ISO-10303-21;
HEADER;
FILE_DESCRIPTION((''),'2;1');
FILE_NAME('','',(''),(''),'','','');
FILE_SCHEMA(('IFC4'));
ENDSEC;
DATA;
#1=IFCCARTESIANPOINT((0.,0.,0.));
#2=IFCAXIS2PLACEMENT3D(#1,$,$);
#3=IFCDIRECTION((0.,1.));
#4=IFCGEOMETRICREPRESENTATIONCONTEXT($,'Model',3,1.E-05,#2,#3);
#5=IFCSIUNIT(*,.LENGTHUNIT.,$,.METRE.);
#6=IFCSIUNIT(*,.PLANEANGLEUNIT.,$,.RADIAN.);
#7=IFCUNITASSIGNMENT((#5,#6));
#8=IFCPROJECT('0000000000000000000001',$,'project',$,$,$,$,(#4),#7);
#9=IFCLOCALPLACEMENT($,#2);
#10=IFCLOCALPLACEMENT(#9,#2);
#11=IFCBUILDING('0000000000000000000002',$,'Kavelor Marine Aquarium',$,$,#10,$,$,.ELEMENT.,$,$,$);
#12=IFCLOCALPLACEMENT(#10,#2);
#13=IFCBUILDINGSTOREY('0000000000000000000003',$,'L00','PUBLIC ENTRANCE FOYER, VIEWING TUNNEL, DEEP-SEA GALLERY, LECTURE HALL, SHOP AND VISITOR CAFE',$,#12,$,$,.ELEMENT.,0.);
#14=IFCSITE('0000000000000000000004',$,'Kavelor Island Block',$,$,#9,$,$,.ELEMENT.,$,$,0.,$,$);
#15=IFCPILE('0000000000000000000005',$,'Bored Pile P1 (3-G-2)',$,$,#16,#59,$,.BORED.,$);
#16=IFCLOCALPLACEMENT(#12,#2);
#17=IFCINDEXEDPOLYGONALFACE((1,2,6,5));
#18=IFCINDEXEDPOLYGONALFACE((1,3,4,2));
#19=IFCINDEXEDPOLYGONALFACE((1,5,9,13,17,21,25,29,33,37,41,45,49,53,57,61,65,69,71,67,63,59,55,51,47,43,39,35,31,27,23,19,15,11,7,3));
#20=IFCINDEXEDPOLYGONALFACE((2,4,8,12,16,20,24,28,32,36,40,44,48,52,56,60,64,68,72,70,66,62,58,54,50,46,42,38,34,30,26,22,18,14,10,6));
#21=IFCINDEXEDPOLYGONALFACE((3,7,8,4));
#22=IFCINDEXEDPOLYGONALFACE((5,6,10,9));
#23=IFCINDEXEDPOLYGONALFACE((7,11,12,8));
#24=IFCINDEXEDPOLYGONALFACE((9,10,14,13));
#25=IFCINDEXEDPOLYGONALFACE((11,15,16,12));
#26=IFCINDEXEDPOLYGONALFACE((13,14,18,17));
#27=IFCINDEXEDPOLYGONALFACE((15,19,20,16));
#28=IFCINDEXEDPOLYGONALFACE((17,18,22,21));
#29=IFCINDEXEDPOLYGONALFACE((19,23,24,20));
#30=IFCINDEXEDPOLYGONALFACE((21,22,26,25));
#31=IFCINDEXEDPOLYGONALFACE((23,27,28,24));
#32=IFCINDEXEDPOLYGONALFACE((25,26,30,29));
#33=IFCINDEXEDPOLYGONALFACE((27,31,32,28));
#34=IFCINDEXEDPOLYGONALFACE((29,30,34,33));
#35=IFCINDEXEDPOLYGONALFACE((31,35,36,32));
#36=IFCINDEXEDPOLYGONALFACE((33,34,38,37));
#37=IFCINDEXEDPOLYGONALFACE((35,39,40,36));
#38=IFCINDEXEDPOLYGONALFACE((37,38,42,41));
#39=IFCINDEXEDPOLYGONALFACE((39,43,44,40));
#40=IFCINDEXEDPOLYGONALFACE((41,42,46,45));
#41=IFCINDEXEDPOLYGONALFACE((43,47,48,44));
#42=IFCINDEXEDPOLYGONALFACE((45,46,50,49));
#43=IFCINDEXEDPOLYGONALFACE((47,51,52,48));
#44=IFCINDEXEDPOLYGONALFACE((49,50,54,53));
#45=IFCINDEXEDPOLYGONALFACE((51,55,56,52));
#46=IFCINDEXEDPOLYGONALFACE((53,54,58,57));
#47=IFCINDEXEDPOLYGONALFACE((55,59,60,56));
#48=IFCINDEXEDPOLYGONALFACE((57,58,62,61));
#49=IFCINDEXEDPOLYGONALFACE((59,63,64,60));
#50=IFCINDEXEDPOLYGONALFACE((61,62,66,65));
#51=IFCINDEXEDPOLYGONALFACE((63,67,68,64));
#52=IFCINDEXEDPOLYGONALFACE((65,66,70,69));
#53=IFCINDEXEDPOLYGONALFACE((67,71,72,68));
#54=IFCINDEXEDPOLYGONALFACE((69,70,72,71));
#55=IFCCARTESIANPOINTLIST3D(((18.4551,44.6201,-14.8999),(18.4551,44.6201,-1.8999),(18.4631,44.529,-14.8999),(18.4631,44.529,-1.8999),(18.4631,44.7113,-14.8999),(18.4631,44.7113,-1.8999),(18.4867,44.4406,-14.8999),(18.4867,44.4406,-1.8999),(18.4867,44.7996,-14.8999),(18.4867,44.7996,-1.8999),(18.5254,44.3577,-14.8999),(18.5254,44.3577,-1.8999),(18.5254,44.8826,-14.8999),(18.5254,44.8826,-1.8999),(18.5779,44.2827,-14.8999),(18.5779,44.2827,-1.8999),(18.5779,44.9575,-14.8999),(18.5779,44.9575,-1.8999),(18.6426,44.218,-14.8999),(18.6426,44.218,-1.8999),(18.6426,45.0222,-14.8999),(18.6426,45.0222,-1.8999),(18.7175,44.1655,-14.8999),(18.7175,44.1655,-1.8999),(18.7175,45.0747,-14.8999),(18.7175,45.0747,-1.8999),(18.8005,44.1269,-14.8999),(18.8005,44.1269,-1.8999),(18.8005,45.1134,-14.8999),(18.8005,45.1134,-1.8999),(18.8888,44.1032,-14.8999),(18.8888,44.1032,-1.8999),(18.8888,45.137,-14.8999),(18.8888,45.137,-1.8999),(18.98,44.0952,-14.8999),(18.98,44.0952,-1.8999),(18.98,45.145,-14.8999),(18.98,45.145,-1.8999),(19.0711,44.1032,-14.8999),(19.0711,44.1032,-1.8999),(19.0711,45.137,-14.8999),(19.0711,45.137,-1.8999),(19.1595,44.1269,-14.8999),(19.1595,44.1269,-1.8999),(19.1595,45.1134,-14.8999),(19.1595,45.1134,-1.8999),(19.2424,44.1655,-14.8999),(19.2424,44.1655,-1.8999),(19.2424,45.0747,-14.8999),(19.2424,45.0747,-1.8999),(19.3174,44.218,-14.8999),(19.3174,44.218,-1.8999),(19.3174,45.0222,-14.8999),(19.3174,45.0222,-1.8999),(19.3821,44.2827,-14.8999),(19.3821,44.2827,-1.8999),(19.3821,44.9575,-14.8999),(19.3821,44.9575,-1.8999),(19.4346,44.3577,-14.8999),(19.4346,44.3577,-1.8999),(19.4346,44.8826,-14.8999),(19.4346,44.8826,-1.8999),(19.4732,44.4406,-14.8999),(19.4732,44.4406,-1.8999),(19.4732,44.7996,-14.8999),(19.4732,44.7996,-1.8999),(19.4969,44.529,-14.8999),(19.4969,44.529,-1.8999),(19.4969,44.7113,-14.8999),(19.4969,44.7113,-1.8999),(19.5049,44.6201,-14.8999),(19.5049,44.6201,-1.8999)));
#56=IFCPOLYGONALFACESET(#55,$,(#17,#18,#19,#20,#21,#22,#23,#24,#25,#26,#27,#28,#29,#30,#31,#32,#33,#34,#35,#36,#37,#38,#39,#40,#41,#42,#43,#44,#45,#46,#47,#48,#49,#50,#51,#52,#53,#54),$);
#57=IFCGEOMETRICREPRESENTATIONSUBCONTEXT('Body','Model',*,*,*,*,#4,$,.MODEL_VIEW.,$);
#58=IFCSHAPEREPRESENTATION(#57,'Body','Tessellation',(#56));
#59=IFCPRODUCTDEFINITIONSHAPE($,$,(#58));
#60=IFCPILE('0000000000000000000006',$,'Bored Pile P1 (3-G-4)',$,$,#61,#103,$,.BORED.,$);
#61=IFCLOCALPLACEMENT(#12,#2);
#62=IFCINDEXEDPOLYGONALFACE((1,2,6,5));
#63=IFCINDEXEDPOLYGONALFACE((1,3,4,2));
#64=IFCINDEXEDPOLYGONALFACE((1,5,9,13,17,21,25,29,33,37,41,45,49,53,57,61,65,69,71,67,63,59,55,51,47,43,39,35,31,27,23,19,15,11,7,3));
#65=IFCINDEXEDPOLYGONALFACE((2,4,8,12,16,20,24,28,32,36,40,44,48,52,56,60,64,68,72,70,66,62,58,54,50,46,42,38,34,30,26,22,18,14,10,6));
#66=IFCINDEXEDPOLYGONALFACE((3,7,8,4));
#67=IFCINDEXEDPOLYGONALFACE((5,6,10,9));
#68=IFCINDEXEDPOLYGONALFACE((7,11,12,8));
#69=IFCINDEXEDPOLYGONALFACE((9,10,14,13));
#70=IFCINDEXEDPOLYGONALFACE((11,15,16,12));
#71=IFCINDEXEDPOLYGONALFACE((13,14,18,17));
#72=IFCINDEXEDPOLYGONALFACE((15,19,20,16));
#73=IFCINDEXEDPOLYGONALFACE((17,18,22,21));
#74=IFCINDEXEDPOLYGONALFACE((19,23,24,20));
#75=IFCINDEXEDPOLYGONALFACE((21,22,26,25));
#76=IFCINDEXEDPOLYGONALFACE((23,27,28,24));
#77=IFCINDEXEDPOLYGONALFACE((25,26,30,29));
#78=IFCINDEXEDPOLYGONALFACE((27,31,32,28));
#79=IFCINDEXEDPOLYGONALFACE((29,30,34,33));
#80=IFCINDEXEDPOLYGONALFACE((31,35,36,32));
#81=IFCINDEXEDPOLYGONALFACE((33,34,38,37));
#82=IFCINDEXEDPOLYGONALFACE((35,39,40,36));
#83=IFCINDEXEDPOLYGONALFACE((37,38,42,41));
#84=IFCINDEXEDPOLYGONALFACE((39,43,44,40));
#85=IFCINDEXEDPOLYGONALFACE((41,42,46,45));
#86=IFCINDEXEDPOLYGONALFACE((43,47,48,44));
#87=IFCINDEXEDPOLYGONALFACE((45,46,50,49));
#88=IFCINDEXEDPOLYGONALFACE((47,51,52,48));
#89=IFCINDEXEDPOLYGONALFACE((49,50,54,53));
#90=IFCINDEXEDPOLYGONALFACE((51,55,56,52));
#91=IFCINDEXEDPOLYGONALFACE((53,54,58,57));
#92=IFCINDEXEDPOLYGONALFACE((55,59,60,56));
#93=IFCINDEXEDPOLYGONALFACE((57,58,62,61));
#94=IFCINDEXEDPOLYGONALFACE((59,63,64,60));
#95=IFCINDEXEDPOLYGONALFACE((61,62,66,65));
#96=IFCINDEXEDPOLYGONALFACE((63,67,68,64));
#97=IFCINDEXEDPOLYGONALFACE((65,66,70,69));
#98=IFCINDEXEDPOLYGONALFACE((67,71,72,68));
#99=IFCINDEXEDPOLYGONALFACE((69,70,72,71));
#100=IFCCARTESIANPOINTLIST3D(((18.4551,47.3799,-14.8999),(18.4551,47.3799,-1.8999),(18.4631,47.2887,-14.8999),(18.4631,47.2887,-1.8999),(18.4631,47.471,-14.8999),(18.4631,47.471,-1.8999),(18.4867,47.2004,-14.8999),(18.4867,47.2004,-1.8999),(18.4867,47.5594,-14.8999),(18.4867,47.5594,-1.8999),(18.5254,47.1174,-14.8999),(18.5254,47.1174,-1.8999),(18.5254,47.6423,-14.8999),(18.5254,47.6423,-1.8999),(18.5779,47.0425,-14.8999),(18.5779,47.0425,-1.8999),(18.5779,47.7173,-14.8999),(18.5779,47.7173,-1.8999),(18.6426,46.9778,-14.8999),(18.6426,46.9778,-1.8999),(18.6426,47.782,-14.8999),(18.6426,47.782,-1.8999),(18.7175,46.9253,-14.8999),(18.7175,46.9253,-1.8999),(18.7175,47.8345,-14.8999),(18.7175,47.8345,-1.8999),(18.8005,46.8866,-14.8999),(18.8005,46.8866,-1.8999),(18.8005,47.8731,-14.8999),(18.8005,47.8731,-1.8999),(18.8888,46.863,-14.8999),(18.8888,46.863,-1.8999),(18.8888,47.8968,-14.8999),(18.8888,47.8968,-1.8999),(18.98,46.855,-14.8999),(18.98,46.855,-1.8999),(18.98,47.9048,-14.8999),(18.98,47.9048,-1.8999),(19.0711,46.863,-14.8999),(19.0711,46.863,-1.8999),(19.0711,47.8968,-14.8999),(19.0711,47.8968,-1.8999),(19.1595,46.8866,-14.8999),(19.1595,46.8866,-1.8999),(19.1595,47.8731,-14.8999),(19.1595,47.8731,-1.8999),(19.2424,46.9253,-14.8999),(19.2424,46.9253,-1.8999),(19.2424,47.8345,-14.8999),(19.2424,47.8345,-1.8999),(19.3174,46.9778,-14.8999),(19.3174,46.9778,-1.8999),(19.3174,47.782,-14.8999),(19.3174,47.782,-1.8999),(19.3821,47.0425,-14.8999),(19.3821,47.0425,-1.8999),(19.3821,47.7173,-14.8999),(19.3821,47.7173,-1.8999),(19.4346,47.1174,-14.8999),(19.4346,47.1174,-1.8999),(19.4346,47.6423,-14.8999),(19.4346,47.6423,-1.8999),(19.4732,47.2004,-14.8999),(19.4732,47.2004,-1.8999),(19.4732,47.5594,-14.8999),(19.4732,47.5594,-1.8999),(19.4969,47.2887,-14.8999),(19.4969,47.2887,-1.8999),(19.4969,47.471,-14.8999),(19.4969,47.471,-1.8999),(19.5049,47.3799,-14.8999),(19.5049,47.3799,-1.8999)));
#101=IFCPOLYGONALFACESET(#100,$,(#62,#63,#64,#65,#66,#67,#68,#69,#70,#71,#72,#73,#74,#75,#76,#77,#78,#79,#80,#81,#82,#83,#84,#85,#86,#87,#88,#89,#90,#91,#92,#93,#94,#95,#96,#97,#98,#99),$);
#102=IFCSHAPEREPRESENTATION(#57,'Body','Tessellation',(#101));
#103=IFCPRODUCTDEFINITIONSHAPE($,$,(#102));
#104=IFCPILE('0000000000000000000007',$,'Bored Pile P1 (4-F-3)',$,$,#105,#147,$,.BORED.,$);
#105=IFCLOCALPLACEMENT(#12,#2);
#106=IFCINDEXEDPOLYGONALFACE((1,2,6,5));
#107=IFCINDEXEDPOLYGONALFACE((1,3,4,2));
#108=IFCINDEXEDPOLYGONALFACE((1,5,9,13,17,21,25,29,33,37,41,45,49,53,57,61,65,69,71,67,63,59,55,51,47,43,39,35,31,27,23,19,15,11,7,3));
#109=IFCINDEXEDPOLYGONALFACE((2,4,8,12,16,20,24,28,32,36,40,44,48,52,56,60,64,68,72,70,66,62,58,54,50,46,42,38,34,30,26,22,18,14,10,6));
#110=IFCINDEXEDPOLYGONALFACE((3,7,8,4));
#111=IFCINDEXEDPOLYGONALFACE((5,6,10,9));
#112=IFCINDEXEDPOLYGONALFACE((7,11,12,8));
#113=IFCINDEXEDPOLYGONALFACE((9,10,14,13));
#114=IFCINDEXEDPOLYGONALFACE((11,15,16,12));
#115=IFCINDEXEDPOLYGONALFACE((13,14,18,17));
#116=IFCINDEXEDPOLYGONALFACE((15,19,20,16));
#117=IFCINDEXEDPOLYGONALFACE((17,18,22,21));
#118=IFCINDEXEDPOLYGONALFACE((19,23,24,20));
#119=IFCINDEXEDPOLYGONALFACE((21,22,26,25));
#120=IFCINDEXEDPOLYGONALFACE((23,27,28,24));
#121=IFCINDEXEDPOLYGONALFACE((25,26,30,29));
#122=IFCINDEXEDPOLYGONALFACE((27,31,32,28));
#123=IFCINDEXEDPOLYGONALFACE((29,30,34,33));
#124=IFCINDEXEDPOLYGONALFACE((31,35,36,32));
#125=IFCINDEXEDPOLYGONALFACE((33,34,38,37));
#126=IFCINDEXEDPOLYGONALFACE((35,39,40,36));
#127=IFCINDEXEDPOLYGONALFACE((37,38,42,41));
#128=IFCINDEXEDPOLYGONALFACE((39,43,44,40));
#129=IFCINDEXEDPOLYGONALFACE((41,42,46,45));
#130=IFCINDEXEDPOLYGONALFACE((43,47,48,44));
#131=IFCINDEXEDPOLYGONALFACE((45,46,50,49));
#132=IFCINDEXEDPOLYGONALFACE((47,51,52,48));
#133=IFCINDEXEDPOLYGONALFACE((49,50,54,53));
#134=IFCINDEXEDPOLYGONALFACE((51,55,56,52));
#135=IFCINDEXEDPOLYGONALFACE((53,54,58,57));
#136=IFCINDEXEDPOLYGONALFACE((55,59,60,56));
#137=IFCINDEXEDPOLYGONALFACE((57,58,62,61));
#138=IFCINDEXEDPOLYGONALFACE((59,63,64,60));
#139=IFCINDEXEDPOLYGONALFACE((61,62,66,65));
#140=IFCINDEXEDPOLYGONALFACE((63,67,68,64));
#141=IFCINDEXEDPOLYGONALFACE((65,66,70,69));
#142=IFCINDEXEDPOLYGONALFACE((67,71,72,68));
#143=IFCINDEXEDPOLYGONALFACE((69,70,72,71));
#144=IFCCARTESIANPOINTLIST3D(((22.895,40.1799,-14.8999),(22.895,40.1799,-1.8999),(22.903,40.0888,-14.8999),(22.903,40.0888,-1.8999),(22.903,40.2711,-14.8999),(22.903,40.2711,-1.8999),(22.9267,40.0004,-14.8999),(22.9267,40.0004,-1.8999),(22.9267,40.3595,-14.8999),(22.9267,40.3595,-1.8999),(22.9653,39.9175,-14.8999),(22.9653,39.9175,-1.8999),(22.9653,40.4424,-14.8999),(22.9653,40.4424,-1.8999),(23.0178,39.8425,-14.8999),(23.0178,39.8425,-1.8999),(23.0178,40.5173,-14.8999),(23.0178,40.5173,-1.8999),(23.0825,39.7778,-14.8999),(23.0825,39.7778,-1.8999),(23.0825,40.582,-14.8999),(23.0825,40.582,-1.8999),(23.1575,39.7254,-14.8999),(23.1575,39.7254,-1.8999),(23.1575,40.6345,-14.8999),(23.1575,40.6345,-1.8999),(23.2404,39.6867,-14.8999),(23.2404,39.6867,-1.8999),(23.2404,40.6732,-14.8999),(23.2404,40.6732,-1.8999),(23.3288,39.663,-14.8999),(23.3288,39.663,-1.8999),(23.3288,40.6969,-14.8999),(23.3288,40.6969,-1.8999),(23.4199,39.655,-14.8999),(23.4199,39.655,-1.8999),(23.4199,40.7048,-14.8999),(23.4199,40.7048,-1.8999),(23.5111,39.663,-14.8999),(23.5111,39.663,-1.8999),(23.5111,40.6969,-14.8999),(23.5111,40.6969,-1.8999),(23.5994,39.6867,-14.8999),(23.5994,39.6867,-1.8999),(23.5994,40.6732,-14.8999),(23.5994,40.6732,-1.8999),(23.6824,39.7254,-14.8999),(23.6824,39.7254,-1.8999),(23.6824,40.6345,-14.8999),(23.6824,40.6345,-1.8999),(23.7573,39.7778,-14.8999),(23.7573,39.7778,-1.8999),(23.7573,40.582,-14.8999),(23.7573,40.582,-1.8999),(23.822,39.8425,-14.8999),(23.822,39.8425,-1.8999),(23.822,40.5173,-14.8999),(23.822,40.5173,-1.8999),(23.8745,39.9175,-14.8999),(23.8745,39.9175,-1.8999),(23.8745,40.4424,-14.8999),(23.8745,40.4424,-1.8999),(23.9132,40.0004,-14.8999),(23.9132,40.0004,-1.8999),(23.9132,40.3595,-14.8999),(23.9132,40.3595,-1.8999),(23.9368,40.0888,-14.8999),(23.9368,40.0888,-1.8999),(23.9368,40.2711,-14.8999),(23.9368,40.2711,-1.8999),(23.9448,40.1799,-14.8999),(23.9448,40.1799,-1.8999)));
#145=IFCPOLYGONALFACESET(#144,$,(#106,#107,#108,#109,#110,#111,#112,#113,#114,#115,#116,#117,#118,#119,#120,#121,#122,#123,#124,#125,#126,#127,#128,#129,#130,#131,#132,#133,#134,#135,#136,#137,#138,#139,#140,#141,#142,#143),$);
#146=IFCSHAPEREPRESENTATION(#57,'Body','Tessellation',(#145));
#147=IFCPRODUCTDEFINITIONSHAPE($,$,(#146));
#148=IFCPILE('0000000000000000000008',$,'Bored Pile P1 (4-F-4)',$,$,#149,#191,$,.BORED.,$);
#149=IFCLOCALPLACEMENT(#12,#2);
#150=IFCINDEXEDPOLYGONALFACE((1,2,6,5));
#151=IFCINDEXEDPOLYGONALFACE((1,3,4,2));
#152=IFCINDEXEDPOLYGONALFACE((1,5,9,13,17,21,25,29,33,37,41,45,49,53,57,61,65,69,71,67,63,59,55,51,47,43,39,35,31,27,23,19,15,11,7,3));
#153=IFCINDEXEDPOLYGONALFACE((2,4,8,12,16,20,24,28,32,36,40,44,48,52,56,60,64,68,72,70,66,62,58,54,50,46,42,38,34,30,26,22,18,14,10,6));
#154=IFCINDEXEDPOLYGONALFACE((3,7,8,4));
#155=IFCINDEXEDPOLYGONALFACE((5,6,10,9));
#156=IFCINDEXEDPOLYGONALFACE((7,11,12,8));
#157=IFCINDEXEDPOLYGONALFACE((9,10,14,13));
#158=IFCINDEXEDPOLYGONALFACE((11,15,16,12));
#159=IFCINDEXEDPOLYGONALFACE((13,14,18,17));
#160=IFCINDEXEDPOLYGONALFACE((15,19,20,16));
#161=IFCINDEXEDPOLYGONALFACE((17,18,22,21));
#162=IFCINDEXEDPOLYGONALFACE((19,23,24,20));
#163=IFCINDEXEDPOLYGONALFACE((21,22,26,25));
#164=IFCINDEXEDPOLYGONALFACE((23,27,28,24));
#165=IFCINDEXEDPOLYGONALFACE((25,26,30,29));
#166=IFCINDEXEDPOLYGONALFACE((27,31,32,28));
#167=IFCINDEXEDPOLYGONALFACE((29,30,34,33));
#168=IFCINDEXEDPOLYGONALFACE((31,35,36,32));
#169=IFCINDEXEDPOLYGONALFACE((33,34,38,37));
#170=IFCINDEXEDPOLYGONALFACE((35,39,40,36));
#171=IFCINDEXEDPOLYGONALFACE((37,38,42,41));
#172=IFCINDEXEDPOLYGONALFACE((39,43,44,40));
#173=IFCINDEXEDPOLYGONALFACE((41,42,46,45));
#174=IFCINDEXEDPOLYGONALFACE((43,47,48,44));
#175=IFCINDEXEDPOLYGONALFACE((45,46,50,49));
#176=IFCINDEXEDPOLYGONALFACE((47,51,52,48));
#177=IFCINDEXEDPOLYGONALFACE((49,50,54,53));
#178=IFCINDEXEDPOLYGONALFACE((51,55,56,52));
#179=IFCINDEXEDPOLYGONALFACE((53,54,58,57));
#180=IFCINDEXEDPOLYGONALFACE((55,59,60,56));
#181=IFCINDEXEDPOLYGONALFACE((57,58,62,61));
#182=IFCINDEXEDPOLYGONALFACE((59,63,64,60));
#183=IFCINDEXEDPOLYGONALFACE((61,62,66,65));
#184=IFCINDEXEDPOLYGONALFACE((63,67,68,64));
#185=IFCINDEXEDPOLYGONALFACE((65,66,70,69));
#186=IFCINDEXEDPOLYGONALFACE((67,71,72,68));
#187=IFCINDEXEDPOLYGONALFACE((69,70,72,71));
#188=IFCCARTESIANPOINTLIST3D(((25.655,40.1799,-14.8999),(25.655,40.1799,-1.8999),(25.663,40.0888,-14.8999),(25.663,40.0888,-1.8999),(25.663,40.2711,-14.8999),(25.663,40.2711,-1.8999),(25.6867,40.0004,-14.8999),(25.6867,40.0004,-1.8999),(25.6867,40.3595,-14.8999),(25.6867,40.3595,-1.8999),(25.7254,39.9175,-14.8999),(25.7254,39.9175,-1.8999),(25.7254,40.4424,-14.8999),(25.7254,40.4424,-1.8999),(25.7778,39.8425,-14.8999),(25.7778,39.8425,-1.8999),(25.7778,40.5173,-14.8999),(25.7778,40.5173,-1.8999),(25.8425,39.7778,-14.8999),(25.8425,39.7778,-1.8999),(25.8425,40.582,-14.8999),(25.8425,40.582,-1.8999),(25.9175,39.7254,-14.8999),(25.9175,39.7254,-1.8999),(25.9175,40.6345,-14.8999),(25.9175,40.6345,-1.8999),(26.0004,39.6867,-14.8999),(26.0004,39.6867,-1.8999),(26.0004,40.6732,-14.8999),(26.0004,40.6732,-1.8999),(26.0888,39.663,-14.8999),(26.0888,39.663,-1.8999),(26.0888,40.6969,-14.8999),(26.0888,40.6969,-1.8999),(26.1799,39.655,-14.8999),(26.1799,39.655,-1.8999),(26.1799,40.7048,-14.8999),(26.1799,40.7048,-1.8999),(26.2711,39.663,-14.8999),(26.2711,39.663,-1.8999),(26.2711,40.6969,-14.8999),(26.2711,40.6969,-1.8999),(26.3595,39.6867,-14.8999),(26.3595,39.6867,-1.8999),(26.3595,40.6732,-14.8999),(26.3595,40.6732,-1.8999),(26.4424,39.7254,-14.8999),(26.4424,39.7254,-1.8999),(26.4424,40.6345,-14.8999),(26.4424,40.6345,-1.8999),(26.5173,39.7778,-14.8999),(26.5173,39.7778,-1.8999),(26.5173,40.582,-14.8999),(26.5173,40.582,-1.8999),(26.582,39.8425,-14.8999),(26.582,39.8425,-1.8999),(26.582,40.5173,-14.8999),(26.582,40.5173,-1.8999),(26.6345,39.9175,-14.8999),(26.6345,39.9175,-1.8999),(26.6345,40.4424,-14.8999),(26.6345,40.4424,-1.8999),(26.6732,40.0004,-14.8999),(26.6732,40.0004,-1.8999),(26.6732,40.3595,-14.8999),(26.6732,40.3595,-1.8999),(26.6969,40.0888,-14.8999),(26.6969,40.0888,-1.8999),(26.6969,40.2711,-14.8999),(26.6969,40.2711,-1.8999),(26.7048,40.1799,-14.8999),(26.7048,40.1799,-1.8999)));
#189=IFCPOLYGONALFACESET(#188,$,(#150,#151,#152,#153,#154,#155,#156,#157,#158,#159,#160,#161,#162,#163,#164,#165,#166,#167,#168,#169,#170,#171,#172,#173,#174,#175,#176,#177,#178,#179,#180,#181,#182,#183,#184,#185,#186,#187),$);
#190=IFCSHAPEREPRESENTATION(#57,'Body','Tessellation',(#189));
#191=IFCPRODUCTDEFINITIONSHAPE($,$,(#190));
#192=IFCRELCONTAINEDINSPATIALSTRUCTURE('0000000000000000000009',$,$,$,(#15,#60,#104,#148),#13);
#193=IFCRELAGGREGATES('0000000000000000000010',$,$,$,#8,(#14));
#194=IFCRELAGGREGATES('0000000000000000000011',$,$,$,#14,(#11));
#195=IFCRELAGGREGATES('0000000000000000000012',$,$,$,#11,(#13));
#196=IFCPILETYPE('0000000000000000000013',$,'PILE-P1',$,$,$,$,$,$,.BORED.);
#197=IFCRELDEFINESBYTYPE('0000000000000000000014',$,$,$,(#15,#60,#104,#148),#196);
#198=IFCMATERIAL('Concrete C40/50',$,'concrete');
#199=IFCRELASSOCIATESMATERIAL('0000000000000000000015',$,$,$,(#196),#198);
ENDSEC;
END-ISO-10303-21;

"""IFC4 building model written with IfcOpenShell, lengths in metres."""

from ifc_helpers import new_model, si_unit, direction, frame, origin, origin_2d, place, context, subcontext, project, spatial, circle, extrude, material, material_profile, profile_set, type_object, element, save


model = new_model("IFC4")

# Units and contexts
model_context = context("Model", 3, precision=1e-05, world=origin(), true_north=direction((0.0, 1.0)))
body_context = subcontext(model_context, "Body", "Model", "MODEL_VIEW")
ifc_project = project(units=[si_unit("LENGTHUNIT", "METRE"), si_unit("PLANEANGLEUNIT", "RADIAN")], contexts=[model_context])

# Site, building, storey
site_placement = place(None, origin())
site = spatial("IfcSite", under=ifc_project, at=site_placement, Name="Kavelor Island Block", CompositionType="ELEMENT", RefElevation=0.0)
building_placement = place(site_placement, origin())
building = spatial("IfcBuilding", under=site, at=building_placement, Name="Kavelor Marine Aquarium", CompositionType="ELEMENT")
storey_placement = place(building_placement, origin())
storey = spatial("IfcBuildingStorey", under=building, at=storey_placement, Name="L00", Description="PUBLIC ENTRANCE FOYER, VIEWING TUNNEL, DEEP-SEA GALLERY, LECTURE HALL, SHOP AND VISITOR CAFE", CompositionType="ELEMENT", Elevation=0.0)

# Piles
ifc_material_1 = material(Name="Concrete C40/50", Category="concrete")
ifc_material_profile_1 = material_profile(ifc_material_1, circle(Radius=0.5249, at=origin_2d()), Name="PILE D1050")
ifc_profile_set_1 = profile_set([ifc_material_profile_1], Name="Concrete C40/50")
pile_type = type_object("IfcPileType", Name="PILE-P1", PredefinedType="BORED", material=ifc_profile_set_1)
for number, where, z_axis, x_axis, name in (
    (1, (18.98, 44.6201, -1.8999), (0.0, 0.0, -1.0), (1.0, 0.0, 0.0), "Bored Pile P1 (3-G-2)"),
    (2, (18.98, 47.3799, -1.8999), (0.0, 0.0, -1.0), (1.0, 0.0, 0.0), "Bored Pile P1 (3-G-4)"),
    (3, (23.4199, 40.1799, -1.8999), (0.0, 0.0, -1.0), (1.0, 0.0, 0.0), "Bored Pile P1 (4-F-3)"),
    (4, (26.1799, 40.1799, -1.8999), (0.0, 0.0, -1.0), (1.0, 0.0, 0.0), "Bored Pile P1 (4-F-4)"),
):
    element("IfcPile", number, at=place(storey_placement, frame(where, z_axis=z_axis, x_axis=x_axis)), inside=storey, type_object=pile_type, Name=name, PredefinedType="BORED", context=body_context, shape_type="SweptSolid", body=[
        extrude(circle(Radius=0.5249, at=origin_2d()), origin(), (0.0, 0.0, 1.0), 13.0),
    ])

save(model, "model.ifc")
